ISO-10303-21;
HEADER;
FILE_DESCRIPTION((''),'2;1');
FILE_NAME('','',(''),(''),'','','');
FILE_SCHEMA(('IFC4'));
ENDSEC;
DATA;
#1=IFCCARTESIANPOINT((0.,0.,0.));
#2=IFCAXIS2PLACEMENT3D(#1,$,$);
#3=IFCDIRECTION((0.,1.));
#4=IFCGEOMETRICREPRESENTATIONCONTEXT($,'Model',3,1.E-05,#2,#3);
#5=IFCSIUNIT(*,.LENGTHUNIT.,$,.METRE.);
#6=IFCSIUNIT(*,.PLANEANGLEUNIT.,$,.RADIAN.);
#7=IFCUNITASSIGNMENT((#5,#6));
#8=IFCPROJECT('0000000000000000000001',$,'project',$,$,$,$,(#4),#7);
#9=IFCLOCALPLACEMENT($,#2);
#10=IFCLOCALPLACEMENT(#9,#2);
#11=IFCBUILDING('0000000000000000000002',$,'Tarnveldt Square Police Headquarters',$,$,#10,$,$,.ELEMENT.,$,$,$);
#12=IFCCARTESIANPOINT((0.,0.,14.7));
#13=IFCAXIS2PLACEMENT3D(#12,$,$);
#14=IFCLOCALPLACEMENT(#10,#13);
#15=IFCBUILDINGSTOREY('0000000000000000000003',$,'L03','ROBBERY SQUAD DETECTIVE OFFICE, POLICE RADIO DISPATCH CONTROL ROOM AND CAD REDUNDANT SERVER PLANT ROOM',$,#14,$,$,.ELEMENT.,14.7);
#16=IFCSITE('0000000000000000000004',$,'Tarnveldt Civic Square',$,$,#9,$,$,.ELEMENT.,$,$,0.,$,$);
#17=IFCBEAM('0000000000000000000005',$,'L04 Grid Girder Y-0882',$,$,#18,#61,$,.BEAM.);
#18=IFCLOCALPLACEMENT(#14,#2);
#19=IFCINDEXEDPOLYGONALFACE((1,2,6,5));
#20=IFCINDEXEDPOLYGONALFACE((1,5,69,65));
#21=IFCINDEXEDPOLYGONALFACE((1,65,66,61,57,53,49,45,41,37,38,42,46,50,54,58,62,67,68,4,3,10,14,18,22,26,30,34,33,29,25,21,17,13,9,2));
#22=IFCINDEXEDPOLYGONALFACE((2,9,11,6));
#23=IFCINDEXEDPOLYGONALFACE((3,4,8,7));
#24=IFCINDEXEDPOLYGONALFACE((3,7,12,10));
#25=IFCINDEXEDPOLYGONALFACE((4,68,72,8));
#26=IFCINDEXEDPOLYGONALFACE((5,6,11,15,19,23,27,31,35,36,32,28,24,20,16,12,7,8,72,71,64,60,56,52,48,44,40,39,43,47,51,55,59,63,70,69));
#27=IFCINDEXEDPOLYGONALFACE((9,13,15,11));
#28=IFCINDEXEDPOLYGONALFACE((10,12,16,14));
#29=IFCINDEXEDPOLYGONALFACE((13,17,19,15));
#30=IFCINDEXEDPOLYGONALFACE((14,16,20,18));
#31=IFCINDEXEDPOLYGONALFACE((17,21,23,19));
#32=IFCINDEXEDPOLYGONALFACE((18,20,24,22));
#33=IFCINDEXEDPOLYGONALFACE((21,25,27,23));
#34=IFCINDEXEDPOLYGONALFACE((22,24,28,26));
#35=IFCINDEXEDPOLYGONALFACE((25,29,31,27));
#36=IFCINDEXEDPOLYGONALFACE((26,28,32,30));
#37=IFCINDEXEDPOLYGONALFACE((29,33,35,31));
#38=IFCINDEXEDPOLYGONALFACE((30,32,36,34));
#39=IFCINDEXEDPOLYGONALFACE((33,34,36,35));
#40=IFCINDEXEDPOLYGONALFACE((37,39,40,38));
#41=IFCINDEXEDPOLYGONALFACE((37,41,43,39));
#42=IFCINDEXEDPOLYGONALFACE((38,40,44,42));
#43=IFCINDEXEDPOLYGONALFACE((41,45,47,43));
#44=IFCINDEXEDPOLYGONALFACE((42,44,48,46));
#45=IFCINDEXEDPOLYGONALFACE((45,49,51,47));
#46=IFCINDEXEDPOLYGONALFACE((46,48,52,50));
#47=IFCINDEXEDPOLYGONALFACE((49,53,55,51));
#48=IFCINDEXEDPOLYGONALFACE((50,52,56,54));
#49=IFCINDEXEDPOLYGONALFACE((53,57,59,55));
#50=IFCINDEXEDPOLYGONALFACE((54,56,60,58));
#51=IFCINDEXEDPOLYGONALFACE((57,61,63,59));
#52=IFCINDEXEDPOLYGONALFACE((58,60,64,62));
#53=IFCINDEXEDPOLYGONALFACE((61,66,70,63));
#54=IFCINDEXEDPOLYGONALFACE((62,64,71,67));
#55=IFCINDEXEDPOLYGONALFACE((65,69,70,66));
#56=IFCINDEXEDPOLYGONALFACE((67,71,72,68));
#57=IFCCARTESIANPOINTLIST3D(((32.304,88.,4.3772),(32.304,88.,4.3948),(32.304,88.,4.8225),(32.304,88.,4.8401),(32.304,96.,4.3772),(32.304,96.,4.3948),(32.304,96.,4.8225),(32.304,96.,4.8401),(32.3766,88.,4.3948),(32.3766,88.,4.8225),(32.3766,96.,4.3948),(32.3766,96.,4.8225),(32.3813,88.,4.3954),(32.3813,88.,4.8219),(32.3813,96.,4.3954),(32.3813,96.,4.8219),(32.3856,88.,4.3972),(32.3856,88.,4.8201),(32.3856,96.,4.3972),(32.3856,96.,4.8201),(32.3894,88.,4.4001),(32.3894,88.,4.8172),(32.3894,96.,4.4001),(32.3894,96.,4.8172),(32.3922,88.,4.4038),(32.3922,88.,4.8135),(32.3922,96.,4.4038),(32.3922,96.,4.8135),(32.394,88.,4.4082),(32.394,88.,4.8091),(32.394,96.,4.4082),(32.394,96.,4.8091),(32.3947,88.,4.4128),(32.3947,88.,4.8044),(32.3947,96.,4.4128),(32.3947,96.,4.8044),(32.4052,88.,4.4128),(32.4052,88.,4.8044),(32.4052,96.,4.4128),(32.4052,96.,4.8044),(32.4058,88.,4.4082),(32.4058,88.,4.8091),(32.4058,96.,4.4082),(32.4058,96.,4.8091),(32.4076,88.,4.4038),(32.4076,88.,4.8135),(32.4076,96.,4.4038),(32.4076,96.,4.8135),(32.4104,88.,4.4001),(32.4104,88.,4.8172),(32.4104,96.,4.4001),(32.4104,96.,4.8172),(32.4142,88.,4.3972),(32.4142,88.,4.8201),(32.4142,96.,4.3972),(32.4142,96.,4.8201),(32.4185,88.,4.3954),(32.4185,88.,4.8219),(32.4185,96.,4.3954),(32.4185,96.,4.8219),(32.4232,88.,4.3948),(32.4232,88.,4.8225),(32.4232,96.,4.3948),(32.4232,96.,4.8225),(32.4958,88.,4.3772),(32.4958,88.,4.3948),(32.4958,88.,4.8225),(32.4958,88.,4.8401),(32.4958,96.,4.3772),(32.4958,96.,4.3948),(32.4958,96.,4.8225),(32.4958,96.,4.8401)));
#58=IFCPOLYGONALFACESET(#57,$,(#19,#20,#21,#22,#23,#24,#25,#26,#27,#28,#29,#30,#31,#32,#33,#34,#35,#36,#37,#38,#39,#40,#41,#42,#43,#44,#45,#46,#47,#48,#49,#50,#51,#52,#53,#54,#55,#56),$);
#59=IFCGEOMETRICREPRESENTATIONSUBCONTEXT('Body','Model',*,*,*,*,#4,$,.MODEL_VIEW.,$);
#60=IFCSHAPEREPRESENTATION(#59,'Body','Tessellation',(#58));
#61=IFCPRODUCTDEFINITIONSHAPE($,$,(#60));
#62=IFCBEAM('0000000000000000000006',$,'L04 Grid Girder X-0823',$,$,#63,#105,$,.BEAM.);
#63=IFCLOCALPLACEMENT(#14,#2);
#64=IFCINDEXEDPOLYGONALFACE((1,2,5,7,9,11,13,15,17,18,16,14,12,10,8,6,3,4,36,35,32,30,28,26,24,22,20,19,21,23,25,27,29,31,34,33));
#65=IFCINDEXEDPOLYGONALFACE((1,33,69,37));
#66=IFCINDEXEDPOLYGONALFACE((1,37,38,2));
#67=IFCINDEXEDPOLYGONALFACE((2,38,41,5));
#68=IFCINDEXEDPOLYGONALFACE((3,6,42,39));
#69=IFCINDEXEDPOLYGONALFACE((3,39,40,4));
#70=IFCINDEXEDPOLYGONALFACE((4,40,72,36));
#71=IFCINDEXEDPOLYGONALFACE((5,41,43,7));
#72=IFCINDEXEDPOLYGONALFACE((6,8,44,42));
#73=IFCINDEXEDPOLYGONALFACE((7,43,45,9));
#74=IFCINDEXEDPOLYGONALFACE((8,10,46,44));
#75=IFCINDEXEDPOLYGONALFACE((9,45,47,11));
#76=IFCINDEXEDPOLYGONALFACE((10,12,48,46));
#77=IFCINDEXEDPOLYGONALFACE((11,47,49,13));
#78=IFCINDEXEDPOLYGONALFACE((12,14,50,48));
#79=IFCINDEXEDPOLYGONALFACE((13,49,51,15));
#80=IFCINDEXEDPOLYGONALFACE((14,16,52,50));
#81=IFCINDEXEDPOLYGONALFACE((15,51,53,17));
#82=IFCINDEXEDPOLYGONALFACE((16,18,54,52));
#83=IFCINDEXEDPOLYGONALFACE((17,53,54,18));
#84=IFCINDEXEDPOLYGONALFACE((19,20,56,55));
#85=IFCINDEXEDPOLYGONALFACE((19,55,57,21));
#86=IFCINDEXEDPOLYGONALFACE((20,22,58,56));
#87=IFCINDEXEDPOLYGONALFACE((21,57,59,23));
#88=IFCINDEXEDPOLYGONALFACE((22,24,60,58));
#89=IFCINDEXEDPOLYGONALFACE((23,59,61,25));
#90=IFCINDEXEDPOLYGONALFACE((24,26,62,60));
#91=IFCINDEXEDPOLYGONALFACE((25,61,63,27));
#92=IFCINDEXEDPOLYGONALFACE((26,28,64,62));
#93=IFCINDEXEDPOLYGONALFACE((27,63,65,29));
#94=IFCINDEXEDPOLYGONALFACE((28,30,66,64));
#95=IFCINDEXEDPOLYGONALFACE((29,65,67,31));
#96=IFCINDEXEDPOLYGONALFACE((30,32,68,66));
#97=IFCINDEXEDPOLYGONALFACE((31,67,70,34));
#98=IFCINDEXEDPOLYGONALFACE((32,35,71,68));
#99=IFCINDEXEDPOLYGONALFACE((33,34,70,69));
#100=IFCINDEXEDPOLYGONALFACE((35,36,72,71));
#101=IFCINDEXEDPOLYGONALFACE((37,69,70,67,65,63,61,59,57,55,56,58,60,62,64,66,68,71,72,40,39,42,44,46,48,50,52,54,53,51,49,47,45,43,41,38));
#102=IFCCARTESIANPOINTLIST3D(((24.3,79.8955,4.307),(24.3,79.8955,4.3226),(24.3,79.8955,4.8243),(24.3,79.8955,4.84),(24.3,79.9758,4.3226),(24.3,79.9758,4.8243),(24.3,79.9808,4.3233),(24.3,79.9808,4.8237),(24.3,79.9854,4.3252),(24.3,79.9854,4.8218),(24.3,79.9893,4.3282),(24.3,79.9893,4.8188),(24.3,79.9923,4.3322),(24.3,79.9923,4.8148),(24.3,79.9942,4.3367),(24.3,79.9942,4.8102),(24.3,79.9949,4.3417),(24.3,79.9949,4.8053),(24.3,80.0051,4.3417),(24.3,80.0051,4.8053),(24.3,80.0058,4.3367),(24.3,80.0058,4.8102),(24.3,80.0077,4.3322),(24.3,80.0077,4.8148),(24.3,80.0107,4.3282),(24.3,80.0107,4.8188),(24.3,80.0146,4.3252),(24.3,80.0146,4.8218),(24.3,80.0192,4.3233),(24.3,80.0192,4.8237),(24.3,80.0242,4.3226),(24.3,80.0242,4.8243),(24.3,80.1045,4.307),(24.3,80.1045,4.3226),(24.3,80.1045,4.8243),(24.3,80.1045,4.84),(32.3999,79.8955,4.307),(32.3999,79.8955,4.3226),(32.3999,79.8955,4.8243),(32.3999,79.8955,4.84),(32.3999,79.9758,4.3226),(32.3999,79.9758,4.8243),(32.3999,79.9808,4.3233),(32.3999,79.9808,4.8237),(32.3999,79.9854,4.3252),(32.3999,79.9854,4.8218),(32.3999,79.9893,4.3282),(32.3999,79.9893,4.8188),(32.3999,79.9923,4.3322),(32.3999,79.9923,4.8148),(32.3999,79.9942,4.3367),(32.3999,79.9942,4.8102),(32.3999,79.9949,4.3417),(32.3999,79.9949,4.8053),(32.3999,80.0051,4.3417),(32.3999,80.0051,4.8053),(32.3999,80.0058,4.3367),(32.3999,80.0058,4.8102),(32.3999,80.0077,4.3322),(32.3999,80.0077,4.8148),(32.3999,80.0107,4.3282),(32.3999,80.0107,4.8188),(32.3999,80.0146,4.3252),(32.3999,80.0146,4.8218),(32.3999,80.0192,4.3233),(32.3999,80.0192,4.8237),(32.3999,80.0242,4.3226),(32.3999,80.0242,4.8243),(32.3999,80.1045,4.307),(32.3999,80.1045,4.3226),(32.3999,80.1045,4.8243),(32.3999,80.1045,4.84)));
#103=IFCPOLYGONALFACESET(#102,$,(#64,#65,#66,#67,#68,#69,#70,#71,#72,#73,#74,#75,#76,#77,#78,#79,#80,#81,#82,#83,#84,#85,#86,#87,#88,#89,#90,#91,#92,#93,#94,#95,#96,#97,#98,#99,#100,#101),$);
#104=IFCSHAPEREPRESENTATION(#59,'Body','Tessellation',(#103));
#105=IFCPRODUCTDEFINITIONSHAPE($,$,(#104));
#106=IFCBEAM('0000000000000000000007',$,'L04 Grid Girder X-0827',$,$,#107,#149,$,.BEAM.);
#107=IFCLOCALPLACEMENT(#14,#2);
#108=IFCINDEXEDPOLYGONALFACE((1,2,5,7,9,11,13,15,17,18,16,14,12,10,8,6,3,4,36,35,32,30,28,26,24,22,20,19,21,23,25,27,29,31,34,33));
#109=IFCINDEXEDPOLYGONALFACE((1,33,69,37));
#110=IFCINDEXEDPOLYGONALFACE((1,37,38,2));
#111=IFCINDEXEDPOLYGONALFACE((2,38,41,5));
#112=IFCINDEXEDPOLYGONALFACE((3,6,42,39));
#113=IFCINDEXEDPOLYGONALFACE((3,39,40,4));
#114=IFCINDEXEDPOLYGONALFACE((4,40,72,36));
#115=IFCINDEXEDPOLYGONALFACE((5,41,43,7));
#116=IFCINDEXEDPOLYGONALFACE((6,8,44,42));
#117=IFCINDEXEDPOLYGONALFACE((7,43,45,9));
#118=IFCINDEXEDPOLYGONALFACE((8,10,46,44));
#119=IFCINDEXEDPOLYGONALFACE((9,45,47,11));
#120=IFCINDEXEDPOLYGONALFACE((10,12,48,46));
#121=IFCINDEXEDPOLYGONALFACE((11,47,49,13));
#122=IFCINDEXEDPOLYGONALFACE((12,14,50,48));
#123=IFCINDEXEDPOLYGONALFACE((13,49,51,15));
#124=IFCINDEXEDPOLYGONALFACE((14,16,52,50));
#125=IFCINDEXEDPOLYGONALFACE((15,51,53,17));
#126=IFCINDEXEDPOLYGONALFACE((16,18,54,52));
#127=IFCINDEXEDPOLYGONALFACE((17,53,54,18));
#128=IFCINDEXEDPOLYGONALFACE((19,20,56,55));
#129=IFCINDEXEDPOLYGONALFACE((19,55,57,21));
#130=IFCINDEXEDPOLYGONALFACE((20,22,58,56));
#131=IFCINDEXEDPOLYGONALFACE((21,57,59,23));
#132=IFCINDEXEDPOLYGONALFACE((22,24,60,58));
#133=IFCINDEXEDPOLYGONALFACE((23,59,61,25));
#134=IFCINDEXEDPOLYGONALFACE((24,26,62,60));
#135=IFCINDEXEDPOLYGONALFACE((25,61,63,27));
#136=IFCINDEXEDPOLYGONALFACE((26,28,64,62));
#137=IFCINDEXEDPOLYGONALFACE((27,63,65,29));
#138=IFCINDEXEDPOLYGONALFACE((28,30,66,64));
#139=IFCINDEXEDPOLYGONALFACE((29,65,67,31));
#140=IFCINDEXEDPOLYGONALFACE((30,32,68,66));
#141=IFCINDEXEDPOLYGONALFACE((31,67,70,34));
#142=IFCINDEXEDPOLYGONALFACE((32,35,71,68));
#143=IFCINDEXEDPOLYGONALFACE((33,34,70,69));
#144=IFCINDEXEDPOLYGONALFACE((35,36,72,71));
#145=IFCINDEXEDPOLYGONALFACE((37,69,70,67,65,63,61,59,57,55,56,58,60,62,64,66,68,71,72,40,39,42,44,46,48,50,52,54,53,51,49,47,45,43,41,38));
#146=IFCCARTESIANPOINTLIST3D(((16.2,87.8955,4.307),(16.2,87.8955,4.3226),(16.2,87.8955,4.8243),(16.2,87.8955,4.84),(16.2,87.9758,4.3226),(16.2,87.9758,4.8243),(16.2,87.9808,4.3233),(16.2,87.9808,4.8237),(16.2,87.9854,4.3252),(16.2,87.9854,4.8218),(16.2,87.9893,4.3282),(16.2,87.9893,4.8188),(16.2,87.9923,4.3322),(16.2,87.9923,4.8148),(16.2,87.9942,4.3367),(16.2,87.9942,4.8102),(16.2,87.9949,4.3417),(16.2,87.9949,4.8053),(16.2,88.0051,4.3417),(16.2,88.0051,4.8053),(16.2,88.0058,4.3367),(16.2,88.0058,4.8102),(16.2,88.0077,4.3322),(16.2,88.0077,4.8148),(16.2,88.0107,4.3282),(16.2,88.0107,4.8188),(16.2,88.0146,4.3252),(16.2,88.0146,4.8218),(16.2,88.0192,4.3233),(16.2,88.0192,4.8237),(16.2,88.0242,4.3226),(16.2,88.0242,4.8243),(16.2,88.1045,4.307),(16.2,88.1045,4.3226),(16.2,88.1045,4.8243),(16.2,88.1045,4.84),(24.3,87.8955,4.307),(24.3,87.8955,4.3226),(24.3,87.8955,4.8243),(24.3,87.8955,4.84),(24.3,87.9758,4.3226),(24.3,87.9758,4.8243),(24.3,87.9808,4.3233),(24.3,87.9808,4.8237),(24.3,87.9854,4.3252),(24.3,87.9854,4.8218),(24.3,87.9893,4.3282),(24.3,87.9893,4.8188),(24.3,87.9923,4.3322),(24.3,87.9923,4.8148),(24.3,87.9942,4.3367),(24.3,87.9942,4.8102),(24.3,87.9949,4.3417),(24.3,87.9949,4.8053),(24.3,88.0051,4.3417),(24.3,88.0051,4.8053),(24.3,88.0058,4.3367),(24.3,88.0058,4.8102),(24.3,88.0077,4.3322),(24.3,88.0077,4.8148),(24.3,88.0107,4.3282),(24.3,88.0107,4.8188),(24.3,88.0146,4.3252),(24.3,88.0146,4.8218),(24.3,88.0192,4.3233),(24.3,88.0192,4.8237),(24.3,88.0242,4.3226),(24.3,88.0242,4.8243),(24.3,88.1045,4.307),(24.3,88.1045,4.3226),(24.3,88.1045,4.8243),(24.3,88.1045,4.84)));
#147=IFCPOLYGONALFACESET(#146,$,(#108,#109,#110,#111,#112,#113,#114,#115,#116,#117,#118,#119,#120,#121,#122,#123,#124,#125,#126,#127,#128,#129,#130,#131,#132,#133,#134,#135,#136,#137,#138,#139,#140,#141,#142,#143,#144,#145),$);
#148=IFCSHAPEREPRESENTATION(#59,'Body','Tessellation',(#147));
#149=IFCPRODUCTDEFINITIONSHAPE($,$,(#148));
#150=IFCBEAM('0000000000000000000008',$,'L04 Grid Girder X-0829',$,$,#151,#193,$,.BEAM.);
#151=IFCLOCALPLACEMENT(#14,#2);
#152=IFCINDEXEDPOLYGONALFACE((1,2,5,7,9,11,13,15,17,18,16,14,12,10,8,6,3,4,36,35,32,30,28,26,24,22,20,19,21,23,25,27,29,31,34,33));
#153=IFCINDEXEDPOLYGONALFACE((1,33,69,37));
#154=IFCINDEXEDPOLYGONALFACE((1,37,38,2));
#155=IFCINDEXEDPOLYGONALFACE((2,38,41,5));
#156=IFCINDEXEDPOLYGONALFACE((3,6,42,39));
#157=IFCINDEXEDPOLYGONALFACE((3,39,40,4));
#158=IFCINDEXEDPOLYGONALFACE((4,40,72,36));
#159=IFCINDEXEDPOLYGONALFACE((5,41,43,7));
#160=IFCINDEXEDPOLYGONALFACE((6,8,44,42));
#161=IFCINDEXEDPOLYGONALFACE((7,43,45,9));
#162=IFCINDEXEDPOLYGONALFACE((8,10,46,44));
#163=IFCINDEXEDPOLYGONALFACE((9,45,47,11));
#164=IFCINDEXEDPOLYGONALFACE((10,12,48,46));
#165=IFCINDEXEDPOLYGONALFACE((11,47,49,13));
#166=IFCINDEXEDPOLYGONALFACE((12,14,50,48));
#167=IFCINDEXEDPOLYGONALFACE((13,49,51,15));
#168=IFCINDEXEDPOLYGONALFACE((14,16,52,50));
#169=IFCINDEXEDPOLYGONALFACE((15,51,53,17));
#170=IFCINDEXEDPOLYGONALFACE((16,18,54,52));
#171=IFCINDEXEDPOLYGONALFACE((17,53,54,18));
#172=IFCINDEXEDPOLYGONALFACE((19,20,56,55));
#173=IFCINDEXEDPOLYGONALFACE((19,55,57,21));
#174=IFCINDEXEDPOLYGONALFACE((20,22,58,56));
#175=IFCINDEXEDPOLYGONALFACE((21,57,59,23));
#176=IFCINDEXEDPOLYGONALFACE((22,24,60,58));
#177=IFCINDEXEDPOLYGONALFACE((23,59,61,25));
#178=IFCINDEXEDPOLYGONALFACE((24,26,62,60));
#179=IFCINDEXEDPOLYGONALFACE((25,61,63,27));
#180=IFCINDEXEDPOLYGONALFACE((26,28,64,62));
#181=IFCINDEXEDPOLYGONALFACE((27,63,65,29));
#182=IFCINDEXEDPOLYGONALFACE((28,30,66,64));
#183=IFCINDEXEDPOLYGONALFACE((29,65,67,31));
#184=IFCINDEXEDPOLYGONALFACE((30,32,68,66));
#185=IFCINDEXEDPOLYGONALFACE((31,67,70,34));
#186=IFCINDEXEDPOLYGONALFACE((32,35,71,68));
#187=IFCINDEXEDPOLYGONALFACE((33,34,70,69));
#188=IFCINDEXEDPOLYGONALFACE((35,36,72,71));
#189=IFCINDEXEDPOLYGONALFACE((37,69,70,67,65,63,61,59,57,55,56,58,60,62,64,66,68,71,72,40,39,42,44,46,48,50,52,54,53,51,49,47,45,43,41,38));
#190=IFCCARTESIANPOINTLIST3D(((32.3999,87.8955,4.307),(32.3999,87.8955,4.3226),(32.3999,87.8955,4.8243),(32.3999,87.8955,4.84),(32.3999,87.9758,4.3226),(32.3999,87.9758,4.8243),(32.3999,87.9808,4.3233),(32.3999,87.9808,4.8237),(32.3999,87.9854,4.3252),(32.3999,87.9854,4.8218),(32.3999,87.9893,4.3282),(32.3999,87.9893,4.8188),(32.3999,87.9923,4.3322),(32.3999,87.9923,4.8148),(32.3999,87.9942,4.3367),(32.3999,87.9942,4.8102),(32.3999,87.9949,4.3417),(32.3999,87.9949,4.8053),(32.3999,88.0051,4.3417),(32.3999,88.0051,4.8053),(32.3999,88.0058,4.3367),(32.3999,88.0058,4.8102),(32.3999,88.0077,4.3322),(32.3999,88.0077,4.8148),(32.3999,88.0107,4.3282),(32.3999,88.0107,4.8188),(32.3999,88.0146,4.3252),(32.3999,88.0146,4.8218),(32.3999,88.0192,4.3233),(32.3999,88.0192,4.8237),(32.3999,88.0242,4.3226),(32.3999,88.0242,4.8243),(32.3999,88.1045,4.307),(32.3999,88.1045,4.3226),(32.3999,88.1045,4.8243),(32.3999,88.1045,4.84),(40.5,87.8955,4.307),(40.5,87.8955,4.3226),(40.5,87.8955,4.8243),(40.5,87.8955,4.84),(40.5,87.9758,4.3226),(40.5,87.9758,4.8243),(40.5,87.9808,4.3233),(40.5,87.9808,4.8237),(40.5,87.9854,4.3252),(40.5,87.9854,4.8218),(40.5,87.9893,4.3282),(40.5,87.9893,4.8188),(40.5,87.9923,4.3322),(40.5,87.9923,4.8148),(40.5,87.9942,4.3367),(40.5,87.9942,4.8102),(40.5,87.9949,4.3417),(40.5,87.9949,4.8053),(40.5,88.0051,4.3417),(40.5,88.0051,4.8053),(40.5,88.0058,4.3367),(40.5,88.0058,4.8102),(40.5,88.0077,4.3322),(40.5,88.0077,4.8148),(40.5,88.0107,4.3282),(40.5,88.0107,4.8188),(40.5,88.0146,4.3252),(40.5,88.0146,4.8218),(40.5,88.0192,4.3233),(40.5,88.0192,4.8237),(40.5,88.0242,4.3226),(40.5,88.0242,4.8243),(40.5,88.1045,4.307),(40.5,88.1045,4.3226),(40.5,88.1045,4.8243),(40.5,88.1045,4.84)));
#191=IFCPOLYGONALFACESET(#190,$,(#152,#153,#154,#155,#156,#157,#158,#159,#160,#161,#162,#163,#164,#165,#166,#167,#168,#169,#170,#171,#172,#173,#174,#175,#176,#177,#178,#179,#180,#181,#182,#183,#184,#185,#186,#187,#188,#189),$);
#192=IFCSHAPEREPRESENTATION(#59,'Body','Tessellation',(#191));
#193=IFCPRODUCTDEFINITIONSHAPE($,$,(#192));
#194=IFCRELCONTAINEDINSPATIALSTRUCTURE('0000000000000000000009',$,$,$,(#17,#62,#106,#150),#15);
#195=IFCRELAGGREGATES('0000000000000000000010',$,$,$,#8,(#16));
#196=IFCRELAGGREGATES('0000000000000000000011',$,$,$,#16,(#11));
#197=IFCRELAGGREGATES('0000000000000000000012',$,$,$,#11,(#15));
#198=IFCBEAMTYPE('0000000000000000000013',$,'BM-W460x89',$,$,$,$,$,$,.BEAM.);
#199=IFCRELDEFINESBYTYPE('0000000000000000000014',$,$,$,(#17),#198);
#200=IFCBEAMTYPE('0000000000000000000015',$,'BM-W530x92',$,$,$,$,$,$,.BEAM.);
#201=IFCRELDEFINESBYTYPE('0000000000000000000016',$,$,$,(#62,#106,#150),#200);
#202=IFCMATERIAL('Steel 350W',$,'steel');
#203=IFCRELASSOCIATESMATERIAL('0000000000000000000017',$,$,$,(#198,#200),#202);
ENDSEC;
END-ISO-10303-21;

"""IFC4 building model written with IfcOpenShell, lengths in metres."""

from ifc_helpers import new_model, si_unit, direction, frame, origin, origin_2d, place, context, subcontext, project, spatial, i_section, extrude, material, material_profile, profile_set, type_object, element, save


model = new_model("IFC4")

# Units and contexts
model_context = context("Model", 3, precision=1e-05, world=origin(), true_north=direction((0.0, 1.0)))
body_context = subcontext(model_context, "Body", "Model", "MODEL_VIEW")
ifc_project = project(units=[si_unit("LENGTHUNIT", "METRE"), si_unit("PLANEANGLEUNIT", "RADIAN")], contexts=[model_context])

# Site, building, storey
site_placement = place(None, origin())
site = spatial("IfcSite", under=ifc_project, at=site_placement, Name="Tarnveldt Civic Square", CompositionType="ELEMENT", RefElevation=0.0)
building_placement = place(site_placement, origin())
building = spatial("IfcBuilding", under=site, at=building_placement, Name="Tarnveldt Square Police Headquarters", CompositionType="ELEMENT")
storey_placement = place(building_placement, frame((0.0, 0.0, 14.7)))
storey = spatial("IfcBuildingStorey", under=building, at=storey_placement, Name="L03", Description="ROBBERY SQUAD DETECTIVE OFFICE, POLICE RADIO DISPATCH CONTROL ROOM AND CAD REDUNDANT SERVER PLANT ROOM", CompositionType="ELEMENT", Elevation=14.7)

# Beams
ifc_material_1 = material(Name="Steel 350W", Category="steel")
ifc_material_profile_1 = material_profile(ifc_material_1, i_section(OverallWidth=0.1919, OverallDepth=0.4629, WebThickness=0.0105, FlangeThickness=0.0176, FilletRadius=0.0181, at=origin_2d()), Name="W460x89")
ifc_profile_set_1 = profile_set([ifc_material_profile_1], Name="Steel 350W")
beam_type_1 = type_object("IfcBeamType", Name="BM-W460x89", PredefinedType="BEAM", material=ifc_profile_set_1)
for number, where, z_axis, x_axis, name in (
    (1, (32.3999, 88.0, 4.6086), (0.0, 1.0, 0.0), (-1.0, 0.0, 0.0), "L04 Grid Girder Y-0882"),
):
    element("IfcBeam", number, at=place(storey_placement, frame(where, z_axis=z_axis, x_axis=x_axis)), inside=storey, type_object=beam_type_1, Name=name, PredefinedType="BEAM", context=body_context, shape_type="SweptSolid", body=[
        extrude(i_section(OverallWidth=0.1919, OverallDepth=0.4629, WebThickness=0.0105, FlangeThickness=0.0176, FilletRadius=0.0181, at=origin_2d()), origin(), (0.0, 0.0, 1.0), 8.0),
    ])
ifc_material_profile_2 = material_profile(ifc_material_1, i_section(OverallWidth=0.209, OverallDepth=0.533, WebThickness=0.0103, FlangeThickness=0.0156, FilletRadius=0.019, at=origin_2d()), Name="W530x92")
ifc_profile_set_2 = profile_set([ifc_material_profile_2], Name="Steel 350W")
beam_type_2 = type_object("IfcBeamType", Name="BM-W530x92", PredefinedType="BEAM", material=ifc_profile_set_2)
beam_1_placement = place(storey_placement, frame((24.3, 80.0, 4.5735), z_axis=(1.0, 0.0, 0.0), x_axis=(0.0, 1.0, 0.0)))
element("IfcBeam", 2, at=beam_1_placement, inside=storey, type_object=beam_type_2, Name="L04 Grid Girder X-0823", PredefinedType="BEAM", context=body_context, shape_type="SweptSolid", body=[
    extrude(i_section(OverallWidth=0.209, OverallDepth=0.533, WebThickness=0.0103, FlangeThickness=0.0156, FilletRadius=0.019, at=origin_2d()), origin(), (0.0, 0.0, 1.0), 8.0999),
])
for number, where, z_axis, x_axis, name in (
    (3, (16.2, 88.0, 4.5735), (1.0, 0.0, 0.0), (0.0, 1.0, 0.0), "L04 Grid Girder X-0827"),
    (4, (32.3999, 88.0, 4.5735), (1.0, 0.0, 0.0), (0.0, 1.0, 0.0), "L04 Grid Girder X-0829"),
):
    element("IfcBeam", number, at=place(storey_placement, frame(where, z_axis=z_axis, x_axis=x_axis)), inside=storey, type_object=beam_type_2, Name=name, PredefinedType="BEAM", context=body_context, shape_type="SweptSolid", body=[
        extrude(i_section(OverallWidth=0.209, OverallDepth=0.533, WebThickness=0.0103, FlangeThickness=0.0156, FilletRadius=0.019, at=origin_2d()), origin(), (0.0, 0.0, 1.0), 8.1001),
    ])

save(model, "model.ifc")
